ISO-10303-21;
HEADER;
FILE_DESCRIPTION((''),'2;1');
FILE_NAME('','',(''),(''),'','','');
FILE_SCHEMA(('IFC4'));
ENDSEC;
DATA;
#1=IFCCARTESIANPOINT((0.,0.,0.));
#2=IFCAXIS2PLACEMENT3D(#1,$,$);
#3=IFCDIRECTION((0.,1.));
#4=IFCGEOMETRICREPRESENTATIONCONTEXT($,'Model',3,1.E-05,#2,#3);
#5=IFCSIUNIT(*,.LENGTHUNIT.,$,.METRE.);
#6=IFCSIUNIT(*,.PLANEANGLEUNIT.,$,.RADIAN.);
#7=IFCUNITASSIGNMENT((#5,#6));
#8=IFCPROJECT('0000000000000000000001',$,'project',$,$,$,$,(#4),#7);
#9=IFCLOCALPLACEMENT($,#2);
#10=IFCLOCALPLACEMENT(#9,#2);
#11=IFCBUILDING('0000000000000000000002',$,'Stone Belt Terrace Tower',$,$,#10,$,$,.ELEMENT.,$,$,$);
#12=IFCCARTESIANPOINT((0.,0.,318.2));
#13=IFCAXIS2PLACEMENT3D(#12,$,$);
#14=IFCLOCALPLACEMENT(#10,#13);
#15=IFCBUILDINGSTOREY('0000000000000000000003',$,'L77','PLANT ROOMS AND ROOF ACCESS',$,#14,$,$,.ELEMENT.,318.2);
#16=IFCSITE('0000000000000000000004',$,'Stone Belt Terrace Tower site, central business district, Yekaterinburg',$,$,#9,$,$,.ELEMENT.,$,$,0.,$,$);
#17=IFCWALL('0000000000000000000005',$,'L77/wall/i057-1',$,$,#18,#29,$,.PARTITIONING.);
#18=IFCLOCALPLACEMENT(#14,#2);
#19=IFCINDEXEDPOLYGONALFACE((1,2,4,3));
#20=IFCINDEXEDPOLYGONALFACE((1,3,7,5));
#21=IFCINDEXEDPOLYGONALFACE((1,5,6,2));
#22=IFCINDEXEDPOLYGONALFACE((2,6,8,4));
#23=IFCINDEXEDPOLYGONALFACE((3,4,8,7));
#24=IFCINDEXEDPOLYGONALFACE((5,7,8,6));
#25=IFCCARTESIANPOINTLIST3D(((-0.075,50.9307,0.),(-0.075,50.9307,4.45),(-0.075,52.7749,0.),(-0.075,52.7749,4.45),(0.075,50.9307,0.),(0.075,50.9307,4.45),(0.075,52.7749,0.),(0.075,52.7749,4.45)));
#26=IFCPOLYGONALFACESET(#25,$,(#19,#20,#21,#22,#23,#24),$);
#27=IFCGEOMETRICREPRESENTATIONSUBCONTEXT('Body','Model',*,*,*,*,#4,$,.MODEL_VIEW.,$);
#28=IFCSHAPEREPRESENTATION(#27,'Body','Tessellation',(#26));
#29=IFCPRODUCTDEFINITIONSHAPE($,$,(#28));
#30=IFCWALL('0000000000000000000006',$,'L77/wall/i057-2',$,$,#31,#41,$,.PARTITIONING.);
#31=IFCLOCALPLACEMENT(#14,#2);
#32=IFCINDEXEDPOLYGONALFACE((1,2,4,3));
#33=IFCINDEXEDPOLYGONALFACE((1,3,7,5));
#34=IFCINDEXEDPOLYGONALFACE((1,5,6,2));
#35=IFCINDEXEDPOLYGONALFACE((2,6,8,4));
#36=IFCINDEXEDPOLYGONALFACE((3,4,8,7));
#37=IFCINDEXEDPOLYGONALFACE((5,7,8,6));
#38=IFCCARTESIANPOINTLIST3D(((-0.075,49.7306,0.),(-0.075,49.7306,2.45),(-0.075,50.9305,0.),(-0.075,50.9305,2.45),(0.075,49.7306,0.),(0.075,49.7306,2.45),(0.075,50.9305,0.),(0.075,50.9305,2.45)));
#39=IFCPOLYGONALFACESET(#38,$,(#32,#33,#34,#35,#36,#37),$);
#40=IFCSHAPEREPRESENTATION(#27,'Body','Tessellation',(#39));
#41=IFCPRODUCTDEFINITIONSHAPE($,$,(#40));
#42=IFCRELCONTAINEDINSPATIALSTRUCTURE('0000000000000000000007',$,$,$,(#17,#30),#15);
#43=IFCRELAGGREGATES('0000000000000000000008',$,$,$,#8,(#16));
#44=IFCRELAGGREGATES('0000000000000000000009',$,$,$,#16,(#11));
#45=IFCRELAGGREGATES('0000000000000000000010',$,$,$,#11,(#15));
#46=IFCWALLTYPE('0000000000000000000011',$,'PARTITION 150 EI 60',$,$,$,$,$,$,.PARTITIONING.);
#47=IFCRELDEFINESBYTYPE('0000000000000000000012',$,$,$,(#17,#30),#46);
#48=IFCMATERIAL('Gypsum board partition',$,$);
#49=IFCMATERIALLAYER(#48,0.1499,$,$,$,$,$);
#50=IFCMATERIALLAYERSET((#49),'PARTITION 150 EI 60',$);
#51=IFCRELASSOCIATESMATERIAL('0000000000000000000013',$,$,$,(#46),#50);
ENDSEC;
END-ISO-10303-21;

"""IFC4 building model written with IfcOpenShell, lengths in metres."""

from ifc_helpers import new_model, si_unit, direction, frame, frame_2d, origin, place, context, subcontext, project, spatial, rectangle, extrude, material, layer, layer_set, type_object, element, save


model = new_model("IFC4")

# Units and contexts
model_context = context("Model", 3, precision=1e-05, world=origin(), true_north=direction((0.0, 1.0)))
body_context = subcontext(model_context, "Body", "Model", "MODEL_VIEW")
ifc_project = project(units=[si_unit("LENGTHUNIT", "METRE"), si_unit("PLANEANGLEUNIT", "RADIAN")], contexts=[model_context])

# Site, building, storey
site_placement = place(None, origin())
site = spatial("IfcSite", under=ifc_project, at=site_placement, Name="Stone Belt Terrace Tower site, central business district, Yekaterinburg", CompositionType="ELEMENT", RefElevation=0.0)
building_placement = place(site_placement, origin())
building = spatial("IfcBuilding", under=site, at=building_placement, Name="Stone Belt Terrace Tower", CompositionType="ELEMENT")
storey_placement = place(building_placement, frame((0.0, 0.0, 318.2)))
storey = spatial("IfcBuildingStorey", under=building, at=storey_placement, Name="L77", Description="PLANT ROOMS AND ROOF ACCESS", CompositionType="ELEMENT", Elevation=318.2)

# Shared definitions
ifc_material_1 = material(Name="Gypsum board partition")
ifc_layer_1 = layer(ifc_material_1, 0.1499)
ifc_layer_set_1 = layer_set([ifc_layer_1], Name="PARTITION 150 EI 60")
wall_type_1 = type_object("IfcWallType", Name="PARTITION 150 EI 60", PredefinedType="PARTITIONING", material=ifc_layer_set_1)

# Walls
wall_1_placement = place(storey_placement, frame((0.0, 52.7749, 0.0), z_axis=(0.0, 0.0, 1.0), x_axis=(0.0, -1.0, 0.0)))
element("IfcWall", 1, at=wall_1_placement, inside=storey, type_object=wall_type_1, Name="L77/wall/i057-1", PredefinedType="PARTITIONING", context=body_context, shape_type="SweptSolid", body=[
    extrude(rectangle(XDim=1.8442, YDim=0.1499, at=frame_2d((0.9221, 0.0))), origin(), (0.0, 0.0, 1.0), 4.45),
])
wall_2_placement = place(storey_placement, frame((0.0, 50.9307, 0.0), z_axis=(0.0, 0.0, 1.0), x_axis=(0.0, -1.0, 0.0)))
element("IfcWall", 2, at=wall_2_placement, inside=storey, type_object=wall_type_1, Name="L77/wall/i057-2", PredefinedType="PARTITIONING", context=body_context, shape_type="SweptSolid", body=[
    extrude(rectangle(XDim=1.2, YDim=0.1499, at=frame_2d((0.6001, 0.0))), origin(), (0.0, 0.0, 1.0), 2.45),
])

save(model, "model.ifc")
